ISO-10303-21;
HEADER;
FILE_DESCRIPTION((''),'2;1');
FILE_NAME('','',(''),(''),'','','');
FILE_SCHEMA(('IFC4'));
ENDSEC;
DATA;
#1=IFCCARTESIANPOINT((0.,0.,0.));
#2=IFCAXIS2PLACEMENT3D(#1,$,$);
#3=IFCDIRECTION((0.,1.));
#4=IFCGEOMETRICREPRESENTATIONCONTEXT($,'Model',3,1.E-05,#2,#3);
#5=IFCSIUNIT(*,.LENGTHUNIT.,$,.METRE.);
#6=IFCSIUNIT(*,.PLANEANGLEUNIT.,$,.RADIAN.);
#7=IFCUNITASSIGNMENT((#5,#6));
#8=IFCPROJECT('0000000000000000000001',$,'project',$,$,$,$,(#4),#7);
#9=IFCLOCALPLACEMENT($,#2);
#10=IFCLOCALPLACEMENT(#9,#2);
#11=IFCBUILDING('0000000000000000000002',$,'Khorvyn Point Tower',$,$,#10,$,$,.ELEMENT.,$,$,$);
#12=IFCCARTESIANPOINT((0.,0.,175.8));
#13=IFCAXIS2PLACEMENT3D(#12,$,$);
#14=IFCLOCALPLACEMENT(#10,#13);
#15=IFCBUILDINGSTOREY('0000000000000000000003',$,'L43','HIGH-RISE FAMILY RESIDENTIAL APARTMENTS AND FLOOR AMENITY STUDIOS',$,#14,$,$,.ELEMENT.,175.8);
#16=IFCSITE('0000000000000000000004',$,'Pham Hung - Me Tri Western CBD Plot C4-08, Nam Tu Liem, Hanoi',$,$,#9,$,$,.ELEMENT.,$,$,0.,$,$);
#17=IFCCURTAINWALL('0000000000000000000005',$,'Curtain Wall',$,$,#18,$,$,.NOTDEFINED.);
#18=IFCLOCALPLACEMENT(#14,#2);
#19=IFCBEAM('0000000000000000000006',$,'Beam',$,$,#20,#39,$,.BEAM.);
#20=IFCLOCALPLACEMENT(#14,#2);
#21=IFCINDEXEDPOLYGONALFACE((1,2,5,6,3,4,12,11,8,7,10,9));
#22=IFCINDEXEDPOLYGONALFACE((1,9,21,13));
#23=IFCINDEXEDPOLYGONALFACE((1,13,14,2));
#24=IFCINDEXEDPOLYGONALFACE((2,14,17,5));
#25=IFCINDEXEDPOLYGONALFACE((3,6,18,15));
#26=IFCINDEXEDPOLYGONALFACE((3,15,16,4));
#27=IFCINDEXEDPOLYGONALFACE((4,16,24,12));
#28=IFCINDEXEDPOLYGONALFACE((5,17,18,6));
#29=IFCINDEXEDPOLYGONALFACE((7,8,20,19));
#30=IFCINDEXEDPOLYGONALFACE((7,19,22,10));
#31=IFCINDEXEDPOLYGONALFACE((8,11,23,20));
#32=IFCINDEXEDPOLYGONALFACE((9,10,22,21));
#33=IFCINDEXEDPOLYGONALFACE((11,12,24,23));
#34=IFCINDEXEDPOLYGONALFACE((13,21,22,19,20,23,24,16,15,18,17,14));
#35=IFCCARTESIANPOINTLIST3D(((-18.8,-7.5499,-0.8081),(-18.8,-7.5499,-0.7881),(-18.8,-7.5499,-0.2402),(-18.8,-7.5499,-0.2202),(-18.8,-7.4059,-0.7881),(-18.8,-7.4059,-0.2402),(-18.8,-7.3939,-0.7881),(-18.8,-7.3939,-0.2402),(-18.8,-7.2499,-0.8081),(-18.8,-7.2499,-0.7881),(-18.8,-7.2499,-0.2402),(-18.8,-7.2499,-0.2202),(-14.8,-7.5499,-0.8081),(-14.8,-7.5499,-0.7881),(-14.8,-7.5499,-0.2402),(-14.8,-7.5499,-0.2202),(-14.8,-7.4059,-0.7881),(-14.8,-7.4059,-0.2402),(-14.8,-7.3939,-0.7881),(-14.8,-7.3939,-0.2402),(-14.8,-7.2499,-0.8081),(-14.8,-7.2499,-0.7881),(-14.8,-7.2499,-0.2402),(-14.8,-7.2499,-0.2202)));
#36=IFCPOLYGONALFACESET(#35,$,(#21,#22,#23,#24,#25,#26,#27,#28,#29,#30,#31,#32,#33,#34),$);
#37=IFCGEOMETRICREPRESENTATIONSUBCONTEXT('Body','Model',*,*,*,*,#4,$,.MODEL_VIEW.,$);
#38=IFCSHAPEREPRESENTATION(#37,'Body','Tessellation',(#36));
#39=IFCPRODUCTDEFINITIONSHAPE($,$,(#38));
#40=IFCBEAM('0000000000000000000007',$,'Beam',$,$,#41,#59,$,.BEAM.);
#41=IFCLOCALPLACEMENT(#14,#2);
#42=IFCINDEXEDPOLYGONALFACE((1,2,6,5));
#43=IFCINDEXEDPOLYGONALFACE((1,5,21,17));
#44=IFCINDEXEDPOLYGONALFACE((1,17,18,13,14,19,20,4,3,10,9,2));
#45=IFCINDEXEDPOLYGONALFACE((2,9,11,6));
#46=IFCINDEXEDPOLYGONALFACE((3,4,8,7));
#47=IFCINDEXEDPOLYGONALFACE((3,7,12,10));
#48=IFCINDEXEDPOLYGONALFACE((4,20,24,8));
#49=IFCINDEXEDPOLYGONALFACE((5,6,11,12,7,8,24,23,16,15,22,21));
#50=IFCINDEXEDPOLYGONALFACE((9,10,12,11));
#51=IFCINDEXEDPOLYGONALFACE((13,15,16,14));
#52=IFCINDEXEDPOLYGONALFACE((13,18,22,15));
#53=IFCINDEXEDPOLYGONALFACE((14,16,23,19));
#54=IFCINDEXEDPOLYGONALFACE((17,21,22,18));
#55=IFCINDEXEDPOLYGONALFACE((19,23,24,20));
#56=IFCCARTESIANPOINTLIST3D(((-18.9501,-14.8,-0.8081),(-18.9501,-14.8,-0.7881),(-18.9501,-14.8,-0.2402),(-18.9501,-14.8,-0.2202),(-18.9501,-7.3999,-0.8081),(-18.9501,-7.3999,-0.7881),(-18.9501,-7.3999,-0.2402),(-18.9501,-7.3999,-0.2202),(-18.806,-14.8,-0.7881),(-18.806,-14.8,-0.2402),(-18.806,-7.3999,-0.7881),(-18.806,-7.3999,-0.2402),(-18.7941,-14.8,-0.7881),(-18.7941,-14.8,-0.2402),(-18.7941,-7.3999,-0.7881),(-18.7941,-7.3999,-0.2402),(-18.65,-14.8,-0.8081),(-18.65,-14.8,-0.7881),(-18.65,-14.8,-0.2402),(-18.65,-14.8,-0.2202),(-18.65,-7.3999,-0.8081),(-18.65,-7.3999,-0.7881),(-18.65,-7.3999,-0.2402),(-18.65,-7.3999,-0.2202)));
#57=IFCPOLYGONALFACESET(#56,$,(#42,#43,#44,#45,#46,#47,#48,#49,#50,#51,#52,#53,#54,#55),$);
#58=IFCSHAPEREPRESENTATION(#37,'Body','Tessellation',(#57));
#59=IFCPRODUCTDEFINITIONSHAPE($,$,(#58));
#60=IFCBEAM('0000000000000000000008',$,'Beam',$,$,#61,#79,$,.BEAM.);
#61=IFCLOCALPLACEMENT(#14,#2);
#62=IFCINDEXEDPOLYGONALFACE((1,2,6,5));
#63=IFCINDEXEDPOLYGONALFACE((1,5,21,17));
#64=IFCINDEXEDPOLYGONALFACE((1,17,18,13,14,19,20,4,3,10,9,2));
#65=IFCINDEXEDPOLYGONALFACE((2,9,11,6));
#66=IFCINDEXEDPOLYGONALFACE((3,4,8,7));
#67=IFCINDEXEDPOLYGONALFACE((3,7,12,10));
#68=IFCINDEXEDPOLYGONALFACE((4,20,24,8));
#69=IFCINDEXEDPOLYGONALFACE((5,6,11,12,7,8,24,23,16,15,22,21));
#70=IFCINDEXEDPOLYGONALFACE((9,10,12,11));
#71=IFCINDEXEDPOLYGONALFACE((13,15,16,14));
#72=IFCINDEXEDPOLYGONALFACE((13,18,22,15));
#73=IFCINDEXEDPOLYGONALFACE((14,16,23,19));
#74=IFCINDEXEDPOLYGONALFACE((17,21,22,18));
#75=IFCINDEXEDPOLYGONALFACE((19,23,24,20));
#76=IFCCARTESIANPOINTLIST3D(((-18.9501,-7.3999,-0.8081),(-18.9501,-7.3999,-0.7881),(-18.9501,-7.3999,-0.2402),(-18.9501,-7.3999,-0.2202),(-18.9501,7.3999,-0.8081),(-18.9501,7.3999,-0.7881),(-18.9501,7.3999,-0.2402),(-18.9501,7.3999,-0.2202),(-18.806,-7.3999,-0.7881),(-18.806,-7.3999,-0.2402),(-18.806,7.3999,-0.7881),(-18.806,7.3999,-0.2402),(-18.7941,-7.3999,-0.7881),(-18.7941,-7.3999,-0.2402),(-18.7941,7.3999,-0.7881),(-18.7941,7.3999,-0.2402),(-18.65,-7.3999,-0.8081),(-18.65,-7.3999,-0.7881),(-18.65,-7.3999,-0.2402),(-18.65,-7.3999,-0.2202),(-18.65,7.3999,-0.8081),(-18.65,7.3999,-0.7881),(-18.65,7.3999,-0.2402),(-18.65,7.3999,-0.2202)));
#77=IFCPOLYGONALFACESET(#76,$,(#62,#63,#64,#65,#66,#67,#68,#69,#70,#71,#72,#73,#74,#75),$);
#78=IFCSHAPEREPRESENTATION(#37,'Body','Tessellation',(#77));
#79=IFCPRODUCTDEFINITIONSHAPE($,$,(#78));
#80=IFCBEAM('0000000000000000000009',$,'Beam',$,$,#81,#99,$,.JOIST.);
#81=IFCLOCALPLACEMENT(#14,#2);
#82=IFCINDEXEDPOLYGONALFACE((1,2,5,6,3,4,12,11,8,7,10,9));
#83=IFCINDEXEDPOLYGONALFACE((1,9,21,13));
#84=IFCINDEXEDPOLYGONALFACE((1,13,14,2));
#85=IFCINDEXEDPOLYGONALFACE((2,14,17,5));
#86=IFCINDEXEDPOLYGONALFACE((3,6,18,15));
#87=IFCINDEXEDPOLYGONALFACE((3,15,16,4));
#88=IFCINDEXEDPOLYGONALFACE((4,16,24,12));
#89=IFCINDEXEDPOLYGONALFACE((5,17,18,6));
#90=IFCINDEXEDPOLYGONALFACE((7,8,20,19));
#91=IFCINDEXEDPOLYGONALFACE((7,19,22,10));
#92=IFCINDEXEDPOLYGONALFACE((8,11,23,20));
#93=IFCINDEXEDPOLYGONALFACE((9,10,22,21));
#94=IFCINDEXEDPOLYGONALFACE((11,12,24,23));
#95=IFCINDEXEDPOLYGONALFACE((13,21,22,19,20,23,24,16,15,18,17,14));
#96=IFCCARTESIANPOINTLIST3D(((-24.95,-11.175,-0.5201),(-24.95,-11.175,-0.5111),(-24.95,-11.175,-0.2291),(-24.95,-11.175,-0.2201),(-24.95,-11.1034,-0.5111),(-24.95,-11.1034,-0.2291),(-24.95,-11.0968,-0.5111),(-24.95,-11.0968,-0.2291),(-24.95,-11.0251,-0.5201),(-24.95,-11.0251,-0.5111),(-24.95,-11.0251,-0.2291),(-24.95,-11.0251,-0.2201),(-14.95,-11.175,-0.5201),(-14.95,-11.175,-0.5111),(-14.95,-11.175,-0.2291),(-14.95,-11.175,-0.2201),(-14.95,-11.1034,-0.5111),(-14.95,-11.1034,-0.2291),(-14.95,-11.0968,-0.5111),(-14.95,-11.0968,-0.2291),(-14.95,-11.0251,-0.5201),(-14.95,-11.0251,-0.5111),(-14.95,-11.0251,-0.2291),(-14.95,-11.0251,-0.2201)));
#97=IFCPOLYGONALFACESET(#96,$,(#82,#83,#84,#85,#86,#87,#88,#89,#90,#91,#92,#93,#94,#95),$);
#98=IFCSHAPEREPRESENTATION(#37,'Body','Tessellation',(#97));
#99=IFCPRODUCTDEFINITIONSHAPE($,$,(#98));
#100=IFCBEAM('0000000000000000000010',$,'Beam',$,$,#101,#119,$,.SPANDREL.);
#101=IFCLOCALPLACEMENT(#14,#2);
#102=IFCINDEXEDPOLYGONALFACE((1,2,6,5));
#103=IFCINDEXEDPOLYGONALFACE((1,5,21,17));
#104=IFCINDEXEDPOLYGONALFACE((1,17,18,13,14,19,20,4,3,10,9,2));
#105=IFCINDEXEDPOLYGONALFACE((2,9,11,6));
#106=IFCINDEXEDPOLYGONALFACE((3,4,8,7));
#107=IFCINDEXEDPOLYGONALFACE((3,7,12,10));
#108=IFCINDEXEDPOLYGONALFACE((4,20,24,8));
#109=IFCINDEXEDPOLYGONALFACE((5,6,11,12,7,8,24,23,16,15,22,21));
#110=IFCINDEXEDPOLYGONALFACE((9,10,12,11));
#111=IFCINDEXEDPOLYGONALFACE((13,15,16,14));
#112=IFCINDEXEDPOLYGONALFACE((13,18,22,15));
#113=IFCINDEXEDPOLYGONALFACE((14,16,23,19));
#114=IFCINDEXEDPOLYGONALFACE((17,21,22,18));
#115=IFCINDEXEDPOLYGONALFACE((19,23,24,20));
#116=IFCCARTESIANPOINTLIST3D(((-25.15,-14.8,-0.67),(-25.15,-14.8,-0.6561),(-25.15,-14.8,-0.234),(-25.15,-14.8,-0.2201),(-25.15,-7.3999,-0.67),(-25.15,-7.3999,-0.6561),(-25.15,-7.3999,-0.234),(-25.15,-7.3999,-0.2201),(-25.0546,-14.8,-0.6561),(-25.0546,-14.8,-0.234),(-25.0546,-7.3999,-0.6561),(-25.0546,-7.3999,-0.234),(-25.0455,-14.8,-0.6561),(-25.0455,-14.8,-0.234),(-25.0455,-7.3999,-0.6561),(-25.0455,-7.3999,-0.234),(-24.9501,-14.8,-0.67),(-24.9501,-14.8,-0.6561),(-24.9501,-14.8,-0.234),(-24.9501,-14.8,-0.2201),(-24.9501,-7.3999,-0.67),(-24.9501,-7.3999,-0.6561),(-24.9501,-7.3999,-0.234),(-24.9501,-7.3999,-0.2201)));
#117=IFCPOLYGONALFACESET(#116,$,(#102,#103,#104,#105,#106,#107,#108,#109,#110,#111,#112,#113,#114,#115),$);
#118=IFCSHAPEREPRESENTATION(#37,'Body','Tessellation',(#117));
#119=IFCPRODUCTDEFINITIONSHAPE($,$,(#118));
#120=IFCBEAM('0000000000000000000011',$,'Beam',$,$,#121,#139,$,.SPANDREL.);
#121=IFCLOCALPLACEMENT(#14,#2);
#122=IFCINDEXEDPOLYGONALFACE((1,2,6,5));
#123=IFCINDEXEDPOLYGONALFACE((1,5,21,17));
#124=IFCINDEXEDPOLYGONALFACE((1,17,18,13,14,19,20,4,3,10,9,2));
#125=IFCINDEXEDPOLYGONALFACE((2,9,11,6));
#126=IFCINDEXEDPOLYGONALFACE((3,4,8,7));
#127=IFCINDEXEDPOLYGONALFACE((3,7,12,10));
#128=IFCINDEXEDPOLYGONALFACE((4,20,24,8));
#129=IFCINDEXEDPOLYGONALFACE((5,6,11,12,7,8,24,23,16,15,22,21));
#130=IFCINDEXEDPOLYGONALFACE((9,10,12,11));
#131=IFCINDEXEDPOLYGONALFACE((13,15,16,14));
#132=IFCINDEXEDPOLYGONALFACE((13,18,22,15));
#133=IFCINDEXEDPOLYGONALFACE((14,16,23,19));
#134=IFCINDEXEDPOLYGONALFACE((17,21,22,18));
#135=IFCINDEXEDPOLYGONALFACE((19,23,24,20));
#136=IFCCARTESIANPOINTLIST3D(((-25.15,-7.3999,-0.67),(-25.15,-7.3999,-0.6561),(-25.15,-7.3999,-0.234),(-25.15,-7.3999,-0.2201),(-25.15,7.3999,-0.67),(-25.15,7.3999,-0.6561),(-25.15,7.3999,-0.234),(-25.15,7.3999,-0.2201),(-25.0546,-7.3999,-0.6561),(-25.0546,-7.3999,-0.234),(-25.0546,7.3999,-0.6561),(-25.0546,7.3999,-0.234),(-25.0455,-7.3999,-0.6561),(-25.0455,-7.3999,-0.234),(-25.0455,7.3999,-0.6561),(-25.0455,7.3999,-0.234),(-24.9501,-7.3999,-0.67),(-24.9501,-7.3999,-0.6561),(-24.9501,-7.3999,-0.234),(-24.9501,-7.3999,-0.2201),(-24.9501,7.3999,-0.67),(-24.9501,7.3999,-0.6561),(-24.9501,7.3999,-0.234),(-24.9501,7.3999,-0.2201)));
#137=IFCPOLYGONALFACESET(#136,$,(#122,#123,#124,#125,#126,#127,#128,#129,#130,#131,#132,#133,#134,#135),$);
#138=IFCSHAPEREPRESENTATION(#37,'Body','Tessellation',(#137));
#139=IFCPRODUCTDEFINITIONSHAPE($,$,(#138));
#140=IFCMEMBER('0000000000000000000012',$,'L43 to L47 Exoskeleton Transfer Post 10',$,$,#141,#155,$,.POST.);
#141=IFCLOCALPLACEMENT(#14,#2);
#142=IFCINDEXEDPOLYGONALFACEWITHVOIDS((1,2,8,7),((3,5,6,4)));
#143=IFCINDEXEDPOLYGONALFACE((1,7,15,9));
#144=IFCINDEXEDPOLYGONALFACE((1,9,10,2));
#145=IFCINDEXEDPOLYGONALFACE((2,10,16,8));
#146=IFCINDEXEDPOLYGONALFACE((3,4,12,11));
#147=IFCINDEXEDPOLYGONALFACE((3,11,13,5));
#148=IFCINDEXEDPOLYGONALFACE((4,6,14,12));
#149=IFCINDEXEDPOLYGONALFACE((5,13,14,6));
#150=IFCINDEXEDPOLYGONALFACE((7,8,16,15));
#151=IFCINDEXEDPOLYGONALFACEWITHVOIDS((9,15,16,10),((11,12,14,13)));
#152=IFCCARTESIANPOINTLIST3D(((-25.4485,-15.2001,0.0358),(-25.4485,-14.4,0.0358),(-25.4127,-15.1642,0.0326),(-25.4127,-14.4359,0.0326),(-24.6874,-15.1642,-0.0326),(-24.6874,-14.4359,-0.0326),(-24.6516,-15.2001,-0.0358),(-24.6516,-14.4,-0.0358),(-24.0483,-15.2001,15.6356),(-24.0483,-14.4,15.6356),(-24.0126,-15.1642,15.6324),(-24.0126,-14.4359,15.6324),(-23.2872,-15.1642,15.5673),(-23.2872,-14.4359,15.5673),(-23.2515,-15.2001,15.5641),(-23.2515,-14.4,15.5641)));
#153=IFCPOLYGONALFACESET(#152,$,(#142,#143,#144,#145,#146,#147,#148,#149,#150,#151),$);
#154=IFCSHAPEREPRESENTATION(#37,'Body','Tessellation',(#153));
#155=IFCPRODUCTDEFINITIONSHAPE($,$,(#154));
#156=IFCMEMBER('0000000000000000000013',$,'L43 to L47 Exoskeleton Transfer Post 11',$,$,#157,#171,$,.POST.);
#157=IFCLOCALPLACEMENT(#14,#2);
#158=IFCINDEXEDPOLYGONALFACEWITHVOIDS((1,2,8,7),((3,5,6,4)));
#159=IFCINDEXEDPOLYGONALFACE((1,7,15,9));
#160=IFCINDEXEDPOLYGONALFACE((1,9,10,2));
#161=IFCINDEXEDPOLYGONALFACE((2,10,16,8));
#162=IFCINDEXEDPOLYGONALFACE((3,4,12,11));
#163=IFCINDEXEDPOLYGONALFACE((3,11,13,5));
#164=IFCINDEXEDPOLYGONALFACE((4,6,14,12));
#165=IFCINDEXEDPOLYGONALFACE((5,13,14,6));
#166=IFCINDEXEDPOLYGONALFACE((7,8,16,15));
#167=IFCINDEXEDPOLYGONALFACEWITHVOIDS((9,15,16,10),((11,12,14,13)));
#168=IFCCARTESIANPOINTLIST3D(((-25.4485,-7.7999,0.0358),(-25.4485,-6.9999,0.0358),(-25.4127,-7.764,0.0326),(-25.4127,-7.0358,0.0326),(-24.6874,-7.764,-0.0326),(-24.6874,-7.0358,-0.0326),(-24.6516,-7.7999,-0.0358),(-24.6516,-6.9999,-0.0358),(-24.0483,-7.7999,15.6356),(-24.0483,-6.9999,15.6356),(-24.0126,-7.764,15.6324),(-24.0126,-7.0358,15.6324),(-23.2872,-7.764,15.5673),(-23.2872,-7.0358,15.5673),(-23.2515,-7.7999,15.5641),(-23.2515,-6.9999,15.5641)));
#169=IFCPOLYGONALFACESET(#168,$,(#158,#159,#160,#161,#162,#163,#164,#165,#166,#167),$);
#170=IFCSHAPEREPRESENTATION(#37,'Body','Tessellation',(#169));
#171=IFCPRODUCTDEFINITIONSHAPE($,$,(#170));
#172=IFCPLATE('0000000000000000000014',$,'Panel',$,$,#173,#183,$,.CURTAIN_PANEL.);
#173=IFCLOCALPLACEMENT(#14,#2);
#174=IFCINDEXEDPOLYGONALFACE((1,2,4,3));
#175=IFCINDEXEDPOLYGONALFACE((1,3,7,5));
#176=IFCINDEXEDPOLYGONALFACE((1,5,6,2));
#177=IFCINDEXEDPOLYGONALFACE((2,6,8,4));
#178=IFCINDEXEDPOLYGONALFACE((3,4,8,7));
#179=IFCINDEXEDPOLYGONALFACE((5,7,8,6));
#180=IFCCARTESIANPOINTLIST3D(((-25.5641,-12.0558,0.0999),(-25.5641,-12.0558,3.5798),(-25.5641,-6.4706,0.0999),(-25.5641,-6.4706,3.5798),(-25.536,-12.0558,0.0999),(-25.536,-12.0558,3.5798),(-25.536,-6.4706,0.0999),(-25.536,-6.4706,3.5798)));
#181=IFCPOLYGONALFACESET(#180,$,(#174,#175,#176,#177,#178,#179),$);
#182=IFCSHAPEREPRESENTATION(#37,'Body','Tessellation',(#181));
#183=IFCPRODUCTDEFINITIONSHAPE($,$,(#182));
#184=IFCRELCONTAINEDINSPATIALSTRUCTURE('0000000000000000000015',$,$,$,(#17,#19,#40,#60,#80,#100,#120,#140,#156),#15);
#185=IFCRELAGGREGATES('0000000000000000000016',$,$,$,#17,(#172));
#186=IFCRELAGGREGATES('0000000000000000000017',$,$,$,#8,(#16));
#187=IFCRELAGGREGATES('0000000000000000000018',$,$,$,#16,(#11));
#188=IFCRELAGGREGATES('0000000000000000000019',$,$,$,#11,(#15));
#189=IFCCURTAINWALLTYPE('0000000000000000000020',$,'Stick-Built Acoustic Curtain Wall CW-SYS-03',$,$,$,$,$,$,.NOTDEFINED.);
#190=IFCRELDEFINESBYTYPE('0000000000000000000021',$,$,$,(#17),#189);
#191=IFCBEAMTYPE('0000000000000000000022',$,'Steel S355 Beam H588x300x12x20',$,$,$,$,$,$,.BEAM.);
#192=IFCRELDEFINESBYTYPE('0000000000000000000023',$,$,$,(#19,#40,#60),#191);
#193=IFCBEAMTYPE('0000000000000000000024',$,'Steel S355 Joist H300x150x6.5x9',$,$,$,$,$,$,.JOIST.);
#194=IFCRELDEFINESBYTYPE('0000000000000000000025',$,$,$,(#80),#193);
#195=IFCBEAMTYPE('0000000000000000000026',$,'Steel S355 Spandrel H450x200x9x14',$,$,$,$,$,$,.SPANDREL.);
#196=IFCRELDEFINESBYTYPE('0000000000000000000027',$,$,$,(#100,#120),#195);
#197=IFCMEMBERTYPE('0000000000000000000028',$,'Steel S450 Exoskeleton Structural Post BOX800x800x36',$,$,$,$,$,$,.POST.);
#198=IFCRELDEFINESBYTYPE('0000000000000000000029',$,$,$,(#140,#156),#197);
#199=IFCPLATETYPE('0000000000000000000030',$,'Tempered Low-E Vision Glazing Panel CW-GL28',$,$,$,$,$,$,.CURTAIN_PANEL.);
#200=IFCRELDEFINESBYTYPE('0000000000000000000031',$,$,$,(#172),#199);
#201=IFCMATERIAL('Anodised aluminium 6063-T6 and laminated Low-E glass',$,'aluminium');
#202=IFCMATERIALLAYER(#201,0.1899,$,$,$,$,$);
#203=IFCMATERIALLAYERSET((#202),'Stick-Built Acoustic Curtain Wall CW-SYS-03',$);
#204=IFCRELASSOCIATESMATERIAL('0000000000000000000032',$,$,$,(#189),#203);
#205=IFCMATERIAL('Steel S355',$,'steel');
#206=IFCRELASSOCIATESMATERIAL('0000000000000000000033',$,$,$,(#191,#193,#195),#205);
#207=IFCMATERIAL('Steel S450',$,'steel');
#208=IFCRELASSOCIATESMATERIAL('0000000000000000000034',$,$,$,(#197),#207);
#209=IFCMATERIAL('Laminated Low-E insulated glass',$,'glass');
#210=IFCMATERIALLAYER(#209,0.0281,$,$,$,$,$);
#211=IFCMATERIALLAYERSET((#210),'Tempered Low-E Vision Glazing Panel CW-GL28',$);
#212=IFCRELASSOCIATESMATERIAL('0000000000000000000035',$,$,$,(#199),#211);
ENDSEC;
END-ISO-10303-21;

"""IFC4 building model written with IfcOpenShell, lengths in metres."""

from ifc_helpers import new_model, si_unit, direction, frame, origin, origin_2d, place, context, subcontext, project, spatial, rectangle, hollow_rectangle, i_section, extrude, material, layer, layer_set, material_profile, profile_set, type_object, element, aggregate, save


model = new_model("IFC4")

# Units and contexts
model_context = context("Model", 3, precision=1e-05, world=origin(), true_north=direction((0.0, 1.0)))
body_context = subcontext(model_context, "Body", "Model", "MODEL_VIEW")
ifc_project = project(units=[si_unit("LENGTHUNIT", "METRE"), si_unit("PLANEANGLEUNIT", "RADIAN")], contexts=[model_context])

# Site, building, storey
site_placement = place(None, origin())
site = spatial("IfcSite", under=ifc_project, at=site_placement, Name="Pham Hung - Me Tri Western CBD Plot C4-08, Nam Tu Liem, Hanoi", CompositionType="ELEMENT", RefElevation=0.0)
building_placement = place(site_placement, origin())
building = spatial("IfcBuilding", under=site, at=building_placement, Name="Khorvyn Point Tower", CompositionType="ELEMENT")
storey_placement = place(building_placement, frame((0.0, 0.0, 175.8)))
storey = spatial("IfcBuildingStorey", under=building, at=storey_placement, Name="L43", Description="HIGH-RISE FAMILY RESIDENTIAL APARTMENTS AND FLOOR AMENITY STUDIOS", CompositionType="ELEMENT", Elevation=175.8)

# Shared definitions
ifc_material_1 = material(Name="Steel S450", Category="steel")

# Curtain wall
ifc_material_2 = material(Name="Anodised aluminium 6063-T6 and laminated Low-E glass", Category="aluminium")
ifc_layer_1 = layer(ifc_material_2, 0.1899)
ifc_layer_set_1 = layer_set([ifc_layer_1], Name="Stick-Built Acoustic Curtain Wall CW-SYS-03")
curtain_wall_type = type_object("IfcCurtainWallType", Name="Stick-Built Acoustic Curtain Wall CW-SYS-03", PredefinedType="NOTDEFINED", material=ifc_layer_set_1)
curtain_wall_placement = place(storey_placement, origin())
curtain_wall = element("IfcCurtainWall", 1, at=curtain_wall_placement, inside=storey, type_object=curtain_wall_type, Name="Curtain Wall", PredefinedType="NOTDEFINED")

# Beams
ifc_material_3 = material(Name="Steel S355", Category="steel")
ifc_material_profile_1 = material_profile(ifc_material_3, i_section(OverallWidth=0.3, OverallDepth=0.5879, WebThickness=0.012, FlangeThickness=0.02, at=origin_2d()))
ifc_profile_set_1 = profile_set([ifc_material_profile_1], Name="Steel S355 H588x300x12x20")
beam_type_1 = type_object("IfcBeamType", Name="Steel S355 Beam H588x300x12x20", PredefinedType="BEAM", material=ifc_profile_set_1)
beam_1_placement = place(storey_placement, frame((-18.8, -7.3999, -0.5142), z_axis=(1.0, 0.0, 0.0), x_axis=(0.0, 1.0, 0.0)))
element("IfcBeam", 2, at=beam_1_placement, inside=storey, type_object=beam_type_1, Name="Beam", PredefinedType="BEAM", context=body_context, shape_type="SweptSolid", body=[
    extrude(i_section(OverallWidth=0.3, OverallDepth=0.5879, WebThickness=0.012, FlangeThickness=0.02, at=origin_2d()), origin(), (0.0, 0.0, 1.0), 4.0),
])
beam_2_placement = place(storey_placement, frame((-18.8, -14.8, -0.5142), z_axis=(0.0, 1.0, 0.0), x_axis=(-1.0, 0.0, 0.0)))
element("IfcBeam", 3, at=beam_2_placement, inside=storey, type_object=beam_type_1, Name="Beam", PredefinedType="BEAM", context=body_context, shape_type="SweptSolid", body=[
    extrude(i_section(OverallWidth=0.3, OverallDepth=0.5879, WebThickness=0.012, FlangeThickness=0.02, at=origin_2d()), origin(), (0.0, 0.0, 1.0), 7.4001),
])
beam_3_placement = place(storey_placement, frame((-18.8, -7.3999, -0.5142), z_axis=(0.0, 1.0, 0.0), x_axis=(-1.0, 0.0, 0.0)))
element("IfcBeam", 4, at=beam_3_placement, inside=storey, type_object=beam_type_1, Name="Beam", PredefinedType="BEAM", context=body_context, shape_type="SweptSolid", body=[
    extrude(i_section(OverallWidth=0.3, OverallDepth=0.5879, WebThickness=0.012, FlangeThickness=0.02, at=origin_2d()), origin(), (0.0, 0.0, 1.0), 14.7998),
])
ifc_material_profile_2 = material_profile(ifc_material_3, i_section(OverallWidth=0.1499, OverallDepth=0.3, WebThickness=0.0066, FlangeThickness=0.009, at=origin_2d()))
ifc_profile_set_2 = profile_set([ifc_material_profile_2], Name="Steel S355 H300x150x6.5x9")
beam_type_2 = type_object("IfcBeamType", Name="Steel S355 Joist H300x150x6.5x9", PredefinedType="JOIST", material=ifc_profile_set_2)
beam_4_placement = place(storey_placement, frame((-24.95, -11.1001, -0.3701), z_axis=(1.0, 0.0, 0.0), x_axis=(0.0, 1.0, 0.0)))
element("IfcBeam", 5, at=beam_4_placement, inside=storey, type_object=beam_type_2, Name="Beam", PredefinedType="JOIST", context=body_context, shape_type="SweptSolid", body=[
    extrude(i_section(OverallWidth=0.1499, OverallDepth=0.3, WebThickness=0.0066, FlangeThickness=0.009, at=origin_2d()), origin(), (0.0, 0.0, 1.0), 10.0),
])
ifc_material_profile_3 = material_profile(ifc_material_3, i_section(OverallWidth=0.2, OverallDepth=0.45, WebThickness=0.009, FlangeThickness=0.0139, at=origin_2d()))
ifc_profile_set_3 = profile_set([ifc_material_profile_3], Name="Steel S355 H450x200x9x14")
beam_type_3 = type_object("IfcBeamType", Name="Steel S355 Spandrel H450x200x9x14", PredefinedType="SPANDREL", material=ifc_profile_set_3)
beam_5_placement = place(storey_placement, frame((-25.05, -14.8, -0.4451), z_axis=(0.0, 1.0, 0.0), x_axis=(-1.0, 0.0, 0.0)))
element("IfcBeam", 6, at=beam_5_placement, inside=storey, type_object=beam_type_3, Name="Beam", PredefinedType="SPANDREL", context=body_context, shape_type="SweptSolid", body=[
    extrude(i_section(OverallWidth=0.2, OverallDepth=0.45, WebThickness=0.009, FlangeThickness=0.0139, at=origin_2d()), origin(), (0.0, 0.0, 1.0), 7.4001),
])
beam_6_placement = place(storey_placement, frame((-25.05, -7.3999, -0.4451), z_axis=(0.0, 1.0, 0.0), x_axis=(-1.0, 0.0, 0.0)))
element("IfcBeam", 7, at=beam_6_placement, inside=storey, type_object=beam_type_3, Name="Beam", PredefinedType="SPANDREL", context=body_context, shape_type="SweptSolid", body=[
    extrude(i_section(OverallWidth=0.2, OverallDepth=0.45, WebThickness=0.009, FlangeThickness=0.0139, at=origin_2d()), origin(), (0.0, 0.0, 1.0), 14.7998),
])

# Members
ifc_material_profile_4 = material_profile(ifc_material_1, hollow_rectangle(XDim=0.8, YDim=0.8, WallThickness=0.0359, at=origin_2d()))
ifc_profile_set_4 = profile_set([ifc_material_profile_4], Name="Steel S450 BOX800x800x36")
member_type_1 = type_object("IfcMemberType", Name="Steel S450 Exoskeleton Structural Post BOX800x800x36", PredefinedType="POST", material=ifc_profile_set_4)
for number, where, z_axis, x_axis, name in (
    (8, (-25.05, -14.8, 0.0), (0.089394, 0.0, 0.995996), (0.0, 1.0, 0.0), "L43 to L47 Exoskeleton Transfer Post 10"),
    (9, (-25.05, -7.3999, 0.0), (0.089394, 0.0, 0.995996), (0.0, 1.0, 0.0), "L43 to L47 Exoskeleton Transfer Post 11"),
):
    element("IfcMember", number, at=place(storey_placement, frame(where, z_axis=z_axis, x_axis=x_axis)), inside=storey, type_object=member_type_1, Name=name, PredefinedType="POST", context=body_context, shape_type="SweptSolid", body=[
        extrude(hollow_rectangle(XDim=0.8, YDim=0.8, WallThickness=0.0359, at=origin_2d()), origin(), (0.0, 0.0, 1.0), 15.6626),
    ])

# Plate
ifc_material_4 = material(Name="Laminated Low-E insulated glass", Category="glass")
ifc_layer_2 = layer(ifc_material_4, 0.0281)
ifc_layer_set_2 = layer_set([ifc_layer_2], Name="Tempered Low-E Vision Glazing Panel CW-GL28")
plate_type = type_object("IfcPlateType", Name="Tempered Low-E Vision Glazing Panel CW-GL28", PredefinedType="CURTAIN_PANEL", material=ifc_layer_set_2)
plate_1_placement = place(storey_placement, frame((-25.55, -9.2632, 0.0999), z_axis=(0.0, 0.0, 1.0), x_axis=(0.0, 1.0, 0.0)))
plate_1 = element("IfcPlate", 10, at=plate_1_placement, type_object=plate_type, Name="Panel", PredefinedType="CURTAIN_PANEL", context=body_context, shape_type="SweptSolid", body=[
    extrude(rectangle(XDim=5.5852, YDim=0.0281, at=origin_2d()), origin(), (0.0, 0.0, 1.0), 3.48),
])
aggregate(curtain_wall, [plate_1])

save(model, "model.ifc")
